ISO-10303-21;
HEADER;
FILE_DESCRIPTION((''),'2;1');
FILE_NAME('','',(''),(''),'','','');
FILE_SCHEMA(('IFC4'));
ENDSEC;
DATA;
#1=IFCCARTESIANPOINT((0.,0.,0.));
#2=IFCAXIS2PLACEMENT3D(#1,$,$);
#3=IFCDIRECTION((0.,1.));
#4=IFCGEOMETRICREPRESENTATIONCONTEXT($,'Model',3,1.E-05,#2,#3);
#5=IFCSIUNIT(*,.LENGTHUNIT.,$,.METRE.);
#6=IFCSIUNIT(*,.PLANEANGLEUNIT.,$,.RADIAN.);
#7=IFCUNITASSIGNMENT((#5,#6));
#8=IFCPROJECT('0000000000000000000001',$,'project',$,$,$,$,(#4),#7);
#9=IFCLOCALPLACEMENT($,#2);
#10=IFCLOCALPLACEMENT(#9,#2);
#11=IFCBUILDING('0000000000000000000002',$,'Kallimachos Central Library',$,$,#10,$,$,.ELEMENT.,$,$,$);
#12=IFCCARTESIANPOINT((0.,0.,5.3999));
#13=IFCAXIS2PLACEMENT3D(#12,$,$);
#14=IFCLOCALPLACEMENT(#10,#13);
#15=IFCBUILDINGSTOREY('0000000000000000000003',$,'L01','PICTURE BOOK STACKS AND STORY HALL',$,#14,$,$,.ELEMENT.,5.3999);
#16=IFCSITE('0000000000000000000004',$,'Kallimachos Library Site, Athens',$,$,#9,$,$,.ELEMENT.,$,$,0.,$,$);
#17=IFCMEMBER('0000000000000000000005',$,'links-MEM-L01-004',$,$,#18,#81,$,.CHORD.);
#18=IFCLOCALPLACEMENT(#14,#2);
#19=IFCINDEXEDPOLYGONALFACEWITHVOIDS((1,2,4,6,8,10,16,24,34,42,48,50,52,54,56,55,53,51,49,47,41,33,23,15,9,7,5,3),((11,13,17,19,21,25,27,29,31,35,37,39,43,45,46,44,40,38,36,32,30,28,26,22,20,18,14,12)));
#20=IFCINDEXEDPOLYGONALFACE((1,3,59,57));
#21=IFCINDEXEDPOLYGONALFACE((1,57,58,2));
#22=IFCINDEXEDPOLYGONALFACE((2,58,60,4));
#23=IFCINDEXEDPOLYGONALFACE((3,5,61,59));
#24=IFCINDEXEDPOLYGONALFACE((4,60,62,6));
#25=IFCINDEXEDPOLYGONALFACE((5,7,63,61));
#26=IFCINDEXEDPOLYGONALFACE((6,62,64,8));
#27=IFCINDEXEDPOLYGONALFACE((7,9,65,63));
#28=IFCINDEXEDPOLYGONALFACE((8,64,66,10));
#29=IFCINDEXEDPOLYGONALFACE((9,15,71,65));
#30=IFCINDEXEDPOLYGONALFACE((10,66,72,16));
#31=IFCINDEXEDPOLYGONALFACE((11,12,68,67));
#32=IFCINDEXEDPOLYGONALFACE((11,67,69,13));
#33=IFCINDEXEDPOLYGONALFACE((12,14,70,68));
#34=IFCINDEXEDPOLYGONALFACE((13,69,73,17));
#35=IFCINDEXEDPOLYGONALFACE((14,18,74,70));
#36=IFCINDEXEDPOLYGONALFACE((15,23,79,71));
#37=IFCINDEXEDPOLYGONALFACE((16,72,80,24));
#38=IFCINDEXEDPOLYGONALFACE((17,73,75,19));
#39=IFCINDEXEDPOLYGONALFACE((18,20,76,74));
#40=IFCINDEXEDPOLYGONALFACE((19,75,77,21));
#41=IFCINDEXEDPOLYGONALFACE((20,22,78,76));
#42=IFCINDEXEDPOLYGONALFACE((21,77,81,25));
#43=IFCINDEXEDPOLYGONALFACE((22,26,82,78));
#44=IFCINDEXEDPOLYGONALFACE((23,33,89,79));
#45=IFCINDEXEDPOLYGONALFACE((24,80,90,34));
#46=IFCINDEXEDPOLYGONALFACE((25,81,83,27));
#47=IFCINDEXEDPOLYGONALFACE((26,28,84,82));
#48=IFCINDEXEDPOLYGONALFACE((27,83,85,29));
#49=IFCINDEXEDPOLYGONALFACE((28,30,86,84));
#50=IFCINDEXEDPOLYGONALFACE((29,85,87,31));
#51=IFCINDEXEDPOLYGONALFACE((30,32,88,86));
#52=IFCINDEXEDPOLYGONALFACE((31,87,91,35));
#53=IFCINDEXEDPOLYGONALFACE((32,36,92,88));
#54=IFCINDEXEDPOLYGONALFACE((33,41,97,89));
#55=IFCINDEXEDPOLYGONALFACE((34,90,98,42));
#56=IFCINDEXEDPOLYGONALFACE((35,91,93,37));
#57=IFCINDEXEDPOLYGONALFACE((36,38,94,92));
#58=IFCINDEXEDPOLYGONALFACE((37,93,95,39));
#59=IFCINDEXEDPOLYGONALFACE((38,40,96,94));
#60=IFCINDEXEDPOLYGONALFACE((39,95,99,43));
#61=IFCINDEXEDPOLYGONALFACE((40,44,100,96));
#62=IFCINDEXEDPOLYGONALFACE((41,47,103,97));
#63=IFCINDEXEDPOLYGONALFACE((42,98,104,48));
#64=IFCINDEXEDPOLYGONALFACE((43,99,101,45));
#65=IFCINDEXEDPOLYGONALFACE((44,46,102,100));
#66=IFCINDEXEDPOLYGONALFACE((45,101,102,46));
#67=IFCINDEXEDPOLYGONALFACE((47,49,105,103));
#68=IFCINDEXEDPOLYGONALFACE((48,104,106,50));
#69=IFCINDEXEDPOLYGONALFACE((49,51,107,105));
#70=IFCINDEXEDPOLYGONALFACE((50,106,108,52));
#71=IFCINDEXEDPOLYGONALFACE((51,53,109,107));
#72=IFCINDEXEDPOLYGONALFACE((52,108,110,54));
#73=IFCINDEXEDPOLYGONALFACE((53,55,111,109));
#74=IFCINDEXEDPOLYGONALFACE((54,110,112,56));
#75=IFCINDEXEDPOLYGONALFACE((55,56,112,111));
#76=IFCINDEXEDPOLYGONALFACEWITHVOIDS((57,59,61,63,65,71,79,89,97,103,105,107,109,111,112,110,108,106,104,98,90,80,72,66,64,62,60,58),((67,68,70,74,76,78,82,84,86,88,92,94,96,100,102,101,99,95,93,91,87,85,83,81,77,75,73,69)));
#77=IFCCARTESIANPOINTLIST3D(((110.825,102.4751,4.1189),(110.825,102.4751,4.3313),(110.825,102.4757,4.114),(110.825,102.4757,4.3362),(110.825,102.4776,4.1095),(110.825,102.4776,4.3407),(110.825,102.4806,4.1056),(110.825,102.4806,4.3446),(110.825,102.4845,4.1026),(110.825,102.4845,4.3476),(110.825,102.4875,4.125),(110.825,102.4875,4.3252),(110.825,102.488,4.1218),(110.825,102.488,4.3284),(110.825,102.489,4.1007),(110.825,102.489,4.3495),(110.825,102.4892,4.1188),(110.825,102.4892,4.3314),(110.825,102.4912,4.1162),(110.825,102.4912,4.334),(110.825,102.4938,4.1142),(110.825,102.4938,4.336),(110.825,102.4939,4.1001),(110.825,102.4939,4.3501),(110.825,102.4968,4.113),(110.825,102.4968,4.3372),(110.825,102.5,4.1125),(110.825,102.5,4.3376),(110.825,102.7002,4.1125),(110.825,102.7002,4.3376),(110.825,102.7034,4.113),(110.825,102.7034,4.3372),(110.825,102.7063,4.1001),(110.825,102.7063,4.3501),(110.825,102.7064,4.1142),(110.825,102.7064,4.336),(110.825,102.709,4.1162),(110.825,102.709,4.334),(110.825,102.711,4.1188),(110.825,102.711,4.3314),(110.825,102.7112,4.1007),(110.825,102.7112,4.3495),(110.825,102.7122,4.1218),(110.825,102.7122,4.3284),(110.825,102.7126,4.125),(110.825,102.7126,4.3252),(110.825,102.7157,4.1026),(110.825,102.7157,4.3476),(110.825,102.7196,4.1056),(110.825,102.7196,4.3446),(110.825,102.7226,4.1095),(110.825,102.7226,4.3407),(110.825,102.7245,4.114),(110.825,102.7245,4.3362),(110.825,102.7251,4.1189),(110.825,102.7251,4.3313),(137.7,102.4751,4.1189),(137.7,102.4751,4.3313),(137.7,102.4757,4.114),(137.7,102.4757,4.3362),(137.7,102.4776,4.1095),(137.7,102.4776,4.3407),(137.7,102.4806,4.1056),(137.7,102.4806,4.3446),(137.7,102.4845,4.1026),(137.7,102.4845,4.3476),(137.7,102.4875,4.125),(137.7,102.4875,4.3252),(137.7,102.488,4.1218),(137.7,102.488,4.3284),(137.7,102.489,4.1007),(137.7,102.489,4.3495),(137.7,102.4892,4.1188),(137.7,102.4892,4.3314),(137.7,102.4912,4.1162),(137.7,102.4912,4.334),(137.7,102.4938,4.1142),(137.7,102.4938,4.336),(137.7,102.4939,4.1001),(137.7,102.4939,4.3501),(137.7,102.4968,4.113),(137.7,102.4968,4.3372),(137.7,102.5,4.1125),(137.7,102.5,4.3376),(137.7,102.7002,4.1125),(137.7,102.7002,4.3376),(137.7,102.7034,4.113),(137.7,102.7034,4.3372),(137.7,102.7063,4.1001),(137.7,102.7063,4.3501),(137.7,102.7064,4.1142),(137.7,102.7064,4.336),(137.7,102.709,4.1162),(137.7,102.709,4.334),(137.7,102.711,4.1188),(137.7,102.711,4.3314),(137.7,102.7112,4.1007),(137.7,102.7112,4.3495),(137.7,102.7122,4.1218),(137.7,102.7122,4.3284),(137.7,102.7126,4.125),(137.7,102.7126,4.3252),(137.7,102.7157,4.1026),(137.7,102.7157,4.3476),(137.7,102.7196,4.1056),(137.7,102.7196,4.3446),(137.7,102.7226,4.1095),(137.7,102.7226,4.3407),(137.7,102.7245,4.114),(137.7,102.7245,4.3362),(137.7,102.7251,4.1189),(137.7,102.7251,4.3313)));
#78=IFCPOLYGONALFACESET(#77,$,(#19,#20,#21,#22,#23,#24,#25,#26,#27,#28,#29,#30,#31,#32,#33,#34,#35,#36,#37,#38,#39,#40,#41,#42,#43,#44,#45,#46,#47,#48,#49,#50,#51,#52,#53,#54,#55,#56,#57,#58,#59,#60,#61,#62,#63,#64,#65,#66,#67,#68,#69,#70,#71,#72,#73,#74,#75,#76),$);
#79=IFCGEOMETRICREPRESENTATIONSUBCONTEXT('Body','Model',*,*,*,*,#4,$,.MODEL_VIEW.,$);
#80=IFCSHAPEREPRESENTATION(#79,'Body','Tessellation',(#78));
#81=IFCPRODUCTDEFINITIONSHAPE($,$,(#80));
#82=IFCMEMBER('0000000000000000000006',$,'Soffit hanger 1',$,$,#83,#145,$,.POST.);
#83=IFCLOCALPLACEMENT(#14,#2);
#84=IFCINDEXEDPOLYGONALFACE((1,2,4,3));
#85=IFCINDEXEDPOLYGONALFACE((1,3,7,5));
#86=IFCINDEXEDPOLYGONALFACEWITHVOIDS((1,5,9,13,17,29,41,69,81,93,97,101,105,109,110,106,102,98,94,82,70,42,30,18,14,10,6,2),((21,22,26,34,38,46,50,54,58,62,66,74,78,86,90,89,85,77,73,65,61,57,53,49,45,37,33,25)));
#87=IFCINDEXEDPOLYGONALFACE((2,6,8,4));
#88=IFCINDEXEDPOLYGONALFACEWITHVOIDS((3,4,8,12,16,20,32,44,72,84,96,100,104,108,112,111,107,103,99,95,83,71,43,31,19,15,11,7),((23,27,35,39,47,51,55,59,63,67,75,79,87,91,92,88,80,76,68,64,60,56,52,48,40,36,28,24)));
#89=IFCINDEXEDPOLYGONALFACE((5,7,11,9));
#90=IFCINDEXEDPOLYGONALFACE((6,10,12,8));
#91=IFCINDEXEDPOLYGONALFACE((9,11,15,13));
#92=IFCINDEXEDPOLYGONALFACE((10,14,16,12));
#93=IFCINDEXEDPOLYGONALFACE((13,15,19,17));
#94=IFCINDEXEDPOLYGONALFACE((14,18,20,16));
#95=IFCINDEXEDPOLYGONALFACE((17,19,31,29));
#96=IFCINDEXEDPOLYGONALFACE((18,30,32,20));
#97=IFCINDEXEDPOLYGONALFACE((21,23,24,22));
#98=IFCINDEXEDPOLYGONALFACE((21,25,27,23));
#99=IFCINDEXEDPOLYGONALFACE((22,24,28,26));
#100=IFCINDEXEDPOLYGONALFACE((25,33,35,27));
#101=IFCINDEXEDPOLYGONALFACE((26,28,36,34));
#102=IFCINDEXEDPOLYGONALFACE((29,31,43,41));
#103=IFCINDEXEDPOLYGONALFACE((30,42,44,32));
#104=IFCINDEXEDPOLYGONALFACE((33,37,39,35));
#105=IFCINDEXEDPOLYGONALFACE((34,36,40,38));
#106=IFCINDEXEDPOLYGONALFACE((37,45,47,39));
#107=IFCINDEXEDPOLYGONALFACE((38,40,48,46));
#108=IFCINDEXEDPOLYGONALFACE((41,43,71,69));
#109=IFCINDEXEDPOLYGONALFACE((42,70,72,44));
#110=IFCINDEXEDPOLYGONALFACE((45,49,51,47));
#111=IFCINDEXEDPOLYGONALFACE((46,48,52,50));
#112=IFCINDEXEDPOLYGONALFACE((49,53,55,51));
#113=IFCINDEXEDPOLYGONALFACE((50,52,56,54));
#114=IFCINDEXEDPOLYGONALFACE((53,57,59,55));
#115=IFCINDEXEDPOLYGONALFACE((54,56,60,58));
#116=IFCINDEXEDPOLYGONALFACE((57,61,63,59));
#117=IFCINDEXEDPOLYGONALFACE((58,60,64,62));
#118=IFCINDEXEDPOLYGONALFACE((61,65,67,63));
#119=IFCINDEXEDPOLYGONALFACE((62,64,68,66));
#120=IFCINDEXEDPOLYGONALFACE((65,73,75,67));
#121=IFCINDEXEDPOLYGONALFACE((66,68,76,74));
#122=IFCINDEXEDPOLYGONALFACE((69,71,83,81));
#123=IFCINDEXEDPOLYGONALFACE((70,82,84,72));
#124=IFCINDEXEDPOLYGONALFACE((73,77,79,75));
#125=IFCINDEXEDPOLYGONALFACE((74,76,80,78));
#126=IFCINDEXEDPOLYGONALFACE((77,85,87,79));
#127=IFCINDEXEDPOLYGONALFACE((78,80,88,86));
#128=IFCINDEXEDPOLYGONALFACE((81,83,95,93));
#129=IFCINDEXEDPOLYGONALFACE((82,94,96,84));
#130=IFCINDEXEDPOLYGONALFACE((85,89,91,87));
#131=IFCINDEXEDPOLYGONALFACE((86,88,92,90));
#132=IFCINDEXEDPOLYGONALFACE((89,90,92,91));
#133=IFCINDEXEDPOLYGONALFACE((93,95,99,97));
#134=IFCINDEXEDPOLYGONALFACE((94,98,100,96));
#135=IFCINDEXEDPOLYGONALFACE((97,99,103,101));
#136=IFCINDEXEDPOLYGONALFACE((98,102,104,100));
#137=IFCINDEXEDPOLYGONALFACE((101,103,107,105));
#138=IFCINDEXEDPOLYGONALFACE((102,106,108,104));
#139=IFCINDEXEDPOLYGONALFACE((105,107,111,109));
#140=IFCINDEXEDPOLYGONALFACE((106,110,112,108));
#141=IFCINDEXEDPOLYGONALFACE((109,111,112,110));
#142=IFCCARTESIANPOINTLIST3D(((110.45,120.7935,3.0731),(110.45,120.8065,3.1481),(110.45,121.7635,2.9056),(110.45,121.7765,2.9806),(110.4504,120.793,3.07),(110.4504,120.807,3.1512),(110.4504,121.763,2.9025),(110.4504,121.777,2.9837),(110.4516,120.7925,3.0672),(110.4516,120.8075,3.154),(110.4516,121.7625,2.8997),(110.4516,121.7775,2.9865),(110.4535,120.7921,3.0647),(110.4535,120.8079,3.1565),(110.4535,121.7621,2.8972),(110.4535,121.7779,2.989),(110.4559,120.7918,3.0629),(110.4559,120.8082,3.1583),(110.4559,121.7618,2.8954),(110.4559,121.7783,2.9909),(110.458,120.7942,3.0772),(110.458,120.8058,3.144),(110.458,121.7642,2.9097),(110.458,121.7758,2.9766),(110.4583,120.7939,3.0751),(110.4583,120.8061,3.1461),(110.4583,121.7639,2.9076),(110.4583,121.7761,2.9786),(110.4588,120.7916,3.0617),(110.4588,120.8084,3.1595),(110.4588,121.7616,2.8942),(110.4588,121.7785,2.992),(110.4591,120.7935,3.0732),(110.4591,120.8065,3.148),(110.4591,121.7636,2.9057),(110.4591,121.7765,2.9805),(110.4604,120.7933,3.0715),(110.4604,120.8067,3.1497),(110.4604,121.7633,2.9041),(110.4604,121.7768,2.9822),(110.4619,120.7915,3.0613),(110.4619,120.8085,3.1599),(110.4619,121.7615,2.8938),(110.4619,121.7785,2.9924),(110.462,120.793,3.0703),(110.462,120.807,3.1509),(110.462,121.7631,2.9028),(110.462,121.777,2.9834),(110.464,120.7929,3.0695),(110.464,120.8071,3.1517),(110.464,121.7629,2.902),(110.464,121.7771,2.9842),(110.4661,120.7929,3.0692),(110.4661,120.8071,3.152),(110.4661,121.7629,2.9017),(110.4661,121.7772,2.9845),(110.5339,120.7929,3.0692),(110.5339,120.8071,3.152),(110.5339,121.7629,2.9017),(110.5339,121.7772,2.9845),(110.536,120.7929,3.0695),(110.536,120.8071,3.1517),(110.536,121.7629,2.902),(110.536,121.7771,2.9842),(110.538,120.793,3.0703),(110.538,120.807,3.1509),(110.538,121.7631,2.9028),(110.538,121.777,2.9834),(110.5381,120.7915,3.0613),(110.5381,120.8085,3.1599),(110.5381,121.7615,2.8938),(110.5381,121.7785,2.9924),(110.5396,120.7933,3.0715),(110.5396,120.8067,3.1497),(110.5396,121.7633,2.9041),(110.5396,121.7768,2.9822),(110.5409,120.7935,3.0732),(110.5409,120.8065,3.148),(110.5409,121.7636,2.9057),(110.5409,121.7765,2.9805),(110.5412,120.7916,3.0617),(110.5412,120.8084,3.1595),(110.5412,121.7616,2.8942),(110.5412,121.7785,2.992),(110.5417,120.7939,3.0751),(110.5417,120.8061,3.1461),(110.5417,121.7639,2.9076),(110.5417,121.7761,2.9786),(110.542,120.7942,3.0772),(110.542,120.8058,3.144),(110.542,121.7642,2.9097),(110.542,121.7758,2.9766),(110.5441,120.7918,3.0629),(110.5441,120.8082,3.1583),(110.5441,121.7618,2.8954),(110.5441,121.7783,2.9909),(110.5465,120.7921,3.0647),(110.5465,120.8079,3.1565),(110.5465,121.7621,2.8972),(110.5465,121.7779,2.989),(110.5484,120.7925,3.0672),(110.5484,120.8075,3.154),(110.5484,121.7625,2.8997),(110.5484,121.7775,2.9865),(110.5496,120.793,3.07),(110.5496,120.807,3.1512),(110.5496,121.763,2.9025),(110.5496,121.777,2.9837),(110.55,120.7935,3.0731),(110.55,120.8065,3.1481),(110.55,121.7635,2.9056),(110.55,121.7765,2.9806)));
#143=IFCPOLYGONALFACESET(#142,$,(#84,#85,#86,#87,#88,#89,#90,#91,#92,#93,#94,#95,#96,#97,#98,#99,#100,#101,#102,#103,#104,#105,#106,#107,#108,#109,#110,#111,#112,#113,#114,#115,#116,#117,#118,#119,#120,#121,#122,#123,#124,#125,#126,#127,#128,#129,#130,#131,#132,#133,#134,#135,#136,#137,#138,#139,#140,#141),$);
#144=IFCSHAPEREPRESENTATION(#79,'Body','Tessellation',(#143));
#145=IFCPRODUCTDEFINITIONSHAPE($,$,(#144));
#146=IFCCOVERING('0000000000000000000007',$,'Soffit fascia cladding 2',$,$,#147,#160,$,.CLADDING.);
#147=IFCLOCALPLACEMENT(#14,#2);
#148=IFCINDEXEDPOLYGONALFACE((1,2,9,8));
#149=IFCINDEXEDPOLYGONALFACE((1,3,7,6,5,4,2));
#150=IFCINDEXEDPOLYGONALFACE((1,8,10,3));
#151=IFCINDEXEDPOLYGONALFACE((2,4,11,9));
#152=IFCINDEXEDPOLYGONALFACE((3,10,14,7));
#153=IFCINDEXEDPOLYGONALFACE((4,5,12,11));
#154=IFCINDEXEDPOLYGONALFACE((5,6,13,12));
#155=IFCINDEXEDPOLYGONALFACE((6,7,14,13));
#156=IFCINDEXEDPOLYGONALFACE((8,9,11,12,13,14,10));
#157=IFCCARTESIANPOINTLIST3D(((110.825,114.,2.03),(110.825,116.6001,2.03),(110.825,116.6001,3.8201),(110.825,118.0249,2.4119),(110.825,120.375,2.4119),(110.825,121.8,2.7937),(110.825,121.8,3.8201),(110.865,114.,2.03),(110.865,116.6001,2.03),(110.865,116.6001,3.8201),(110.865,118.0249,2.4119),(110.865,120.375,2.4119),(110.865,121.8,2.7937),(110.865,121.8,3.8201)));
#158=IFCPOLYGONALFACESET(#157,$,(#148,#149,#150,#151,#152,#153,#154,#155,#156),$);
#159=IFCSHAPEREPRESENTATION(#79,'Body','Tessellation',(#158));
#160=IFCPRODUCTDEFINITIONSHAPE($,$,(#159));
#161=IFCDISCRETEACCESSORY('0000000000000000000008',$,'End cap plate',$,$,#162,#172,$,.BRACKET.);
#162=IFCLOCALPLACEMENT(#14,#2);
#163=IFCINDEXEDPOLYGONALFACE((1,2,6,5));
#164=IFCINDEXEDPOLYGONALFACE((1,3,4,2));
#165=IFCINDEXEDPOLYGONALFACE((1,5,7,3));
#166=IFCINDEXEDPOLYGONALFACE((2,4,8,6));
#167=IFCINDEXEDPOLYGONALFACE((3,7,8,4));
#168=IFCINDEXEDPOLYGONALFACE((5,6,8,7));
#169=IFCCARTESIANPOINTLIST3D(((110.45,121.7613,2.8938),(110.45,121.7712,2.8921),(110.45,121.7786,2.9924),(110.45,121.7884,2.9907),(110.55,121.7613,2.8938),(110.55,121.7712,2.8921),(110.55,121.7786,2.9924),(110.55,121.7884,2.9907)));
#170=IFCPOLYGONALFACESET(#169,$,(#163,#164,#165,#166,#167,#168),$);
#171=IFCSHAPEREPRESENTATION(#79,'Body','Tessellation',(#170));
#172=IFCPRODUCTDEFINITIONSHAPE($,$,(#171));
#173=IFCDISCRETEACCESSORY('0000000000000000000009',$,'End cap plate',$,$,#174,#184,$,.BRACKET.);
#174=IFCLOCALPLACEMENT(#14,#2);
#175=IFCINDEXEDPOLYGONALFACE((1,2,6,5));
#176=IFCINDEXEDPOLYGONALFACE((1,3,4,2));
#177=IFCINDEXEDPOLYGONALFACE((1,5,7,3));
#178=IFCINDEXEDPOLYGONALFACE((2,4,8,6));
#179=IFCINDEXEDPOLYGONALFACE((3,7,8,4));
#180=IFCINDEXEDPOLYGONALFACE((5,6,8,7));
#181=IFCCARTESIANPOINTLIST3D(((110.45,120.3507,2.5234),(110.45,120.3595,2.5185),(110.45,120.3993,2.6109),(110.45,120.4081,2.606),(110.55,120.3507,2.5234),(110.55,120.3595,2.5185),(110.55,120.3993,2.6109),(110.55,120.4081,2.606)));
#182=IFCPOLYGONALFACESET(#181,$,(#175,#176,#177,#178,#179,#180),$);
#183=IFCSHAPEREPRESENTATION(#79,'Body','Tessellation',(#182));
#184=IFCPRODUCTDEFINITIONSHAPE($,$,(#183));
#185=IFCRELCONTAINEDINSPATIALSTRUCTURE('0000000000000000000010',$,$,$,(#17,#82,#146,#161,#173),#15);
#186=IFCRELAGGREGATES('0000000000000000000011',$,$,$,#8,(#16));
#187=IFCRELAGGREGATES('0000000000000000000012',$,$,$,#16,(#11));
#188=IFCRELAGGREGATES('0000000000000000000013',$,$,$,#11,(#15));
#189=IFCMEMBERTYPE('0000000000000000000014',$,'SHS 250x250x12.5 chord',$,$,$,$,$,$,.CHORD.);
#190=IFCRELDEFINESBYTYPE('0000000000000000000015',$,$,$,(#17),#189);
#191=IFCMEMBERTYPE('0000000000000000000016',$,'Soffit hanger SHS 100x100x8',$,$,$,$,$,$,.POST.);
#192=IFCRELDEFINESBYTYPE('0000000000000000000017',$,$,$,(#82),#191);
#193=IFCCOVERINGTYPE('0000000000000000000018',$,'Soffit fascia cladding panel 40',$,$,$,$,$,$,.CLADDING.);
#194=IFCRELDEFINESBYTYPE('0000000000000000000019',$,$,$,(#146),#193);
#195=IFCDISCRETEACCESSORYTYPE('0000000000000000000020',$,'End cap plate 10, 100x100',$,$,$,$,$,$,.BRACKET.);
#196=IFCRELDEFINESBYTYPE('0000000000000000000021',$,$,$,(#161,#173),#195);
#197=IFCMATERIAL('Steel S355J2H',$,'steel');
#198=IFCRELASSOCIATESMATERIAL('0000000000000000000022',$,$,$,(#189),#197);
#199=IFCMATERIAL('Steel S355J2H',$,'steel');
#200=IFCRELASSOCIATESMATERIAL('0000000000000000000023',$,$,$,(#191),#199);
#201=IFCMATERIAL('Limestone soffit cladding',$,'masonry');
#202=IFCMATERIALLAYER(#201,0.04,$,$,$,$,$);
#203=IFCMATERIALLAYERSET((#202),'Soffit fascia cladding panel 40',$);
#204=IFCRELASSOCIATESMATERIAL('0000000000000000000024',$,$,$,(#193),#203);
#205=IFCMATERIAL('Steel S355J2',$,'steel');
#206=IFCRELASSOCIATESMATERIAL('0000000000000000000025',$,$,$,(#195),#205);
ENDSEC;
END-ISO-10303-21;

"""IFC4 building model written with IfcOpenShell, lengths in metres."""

from ifc_helpers import new_model, si_unit, direction, frame, origin, origin_2d, place, context, subcontext, project, spatial, polyline, rectangle, hollow_rectangle, outline, extrude, material, layer, layer_set, material_profile, profile_set, type_object, element, save


model = new_model("IFC4")

# Units and contexts
model_context = context("Model", 3, precision=1e-05, world=origin(), true_north=direction((0.0, 1.0)))
body_context = subcontext(model_context, "Body", "Model", "MODEL_VIEW")
ifc_project = project(units=[si_unit("LENGTHUNIT", "METRE"), si_unit("PLANEANGLEUNIT", "RADIAN")], contexts=[model_context])

# Site, building, storey
site_placement = place(None, origin())
site = spatial("IfcSite", under=ifc_project, at=site_placement, Name="Kallimachos Library Site, Athens", CompositionType="ELEMENT", RefElevation=0.0)
building_placement = place(site_placement, origin())
building = spatial("IfcBuilding", under=site, at=building_placement, Name="Kallimachos Central Library", CompositionType="ELEMENT")
storey_placement = place(building_placement, frame((0.0, 0.0, 5.3999)))
storey = spatial("IfcBuildingStorey", under=building, at=storey_placement, Name="L01", Description="PICTURE BOOK STACKS AND STORY HALL", CompositionType="ELEMENT", Elevation=5.3999)

# Members
ifc_material_1 = material(Name="Steel S355J2H", Category="steel")
ifc_material_profile_1 = material_profile(ifc_material_1, hollow_rectangle(XDim=0.25, YDim=0.25, WallThickness=0.0125, InnerFilletRadius=0.0125, OuterFilletRadius=0.0188, at=origin_2d()), Name="SHS 250x250x12.5")
ifc_profile_set_1 = profile_set([ifc_material_profile_1], Name="Steel S355J2H")
member_type_1 = type_object("IfcMemberType", Name="SHS 250x250x12.5 chord", PredefinedType="CHORD", material=ifc_profile_set_1)
member_1_placement = place(storey_placement, frame((110.825, 102.6001, 4.2251), z_axis=(1.0, 0.0, 0.0), x_axis=(0.0, 1.0, 0.0)))
element("IfcMember", 1, at=member_1_placement, inside=storey, type_object=member_type_1, Name="links-MEM-L01-004", PredefinedType="CHORD", context=body_context, shape_type="SweptSolid", body=[
    extrude(hollow_rectangle(XDim=0.25, YDim=0.25, WallThickness=0.0125, InnerFilletRadius=0.0125, OuterFilletRadius=0.0188, at=origin_2d()), origin(), (0.0, 0.0, 1.0), 26.875),
])
ifc_material_2 = material(Name="Steel S355J2H", Category="steel")
ifc_material_profile_2 = material_profile(ifc_material_2, hollow_rectangle(XDim=0.1001, YDim=0.1001, WallThickness=0.0081, InnerFilletRadius=0.0081, OuterFilletRadius=0.012, at=origin_2d()), Name="SHS 100x100x8")
ifc_profile_set_2 = profile_set([ifc_material_profile_2], Name="Steel S355J2H")
member_type_2 = type_object("IfcMemberType", Name="Soffit hanger SHS 100x100x8", PredefinedType="POST", material=ifc_profile_set_2)
member_2_placement = place(storey_placement, frame((110.5, 121.77, 2.9431), z_axis=(0.0, -0.985419, 0.170148), x_axis=(1.0, 0.0, 0.0)))
element("IfcMember", 2, at=member_2_placement, inside=storey, type_object=member_type_2, Name="Soffit hanger 1", PredefinedType="POST", context=body_context, shape_type="SweptSolid", body=[
    extrude(hollow_rectangle(XDim=0.1001, YDim=0.1001, WallThickness=0.0081, InnerFilletRadius=0.0081, OuterFilletRadius=0.012, at=origin_2d()), origin(), (0.0, 0.0, 1.0), 0.9844),
])

# Covering
ifc_material_3 = material(Name="Limestone soffit cladding", Category="masonry")
ifc_layer = layer(ifc_material_3, 0.04)
ifc_layer_set = layer_set([ifc_layer], Name="Soffit fascia cladding panel 40")
covering_type = type_object("IfcCoveringType", Name="Soffit fascia cladding panel 40", PredefinedType="CLADDING", material=ifc_layer_set)
covering_placement = place(storey_placement, frame((110.825, 121.8, 3.8201), z_axis=(-1.0, 0.0, 0.0), x_axis=(0.0, 0.0, -1.0)))
element("IfcCovering", 3, at=covering_placement, inside=storey, type_object=covering_type, Name="Soffit fascia cladding 2", PredefinedType="CLADDING", context=body_context, shape_type="SweptSolid", body=[
    extrude(outline(polyline([(0.0, 0.0), (1.0264, 0.0), (1.4082, 1.425), (1.4082, 3.7751), (1.79, 5.2), (1.79, 7.8), (0.0, 5.2), (0.0, 0.0), (0.0, 0.0)])), origin(), (0.0, 0.0, -1.0), 0.04),
])

# Discrete accessories
ifc_material_4 = material(Name="Steel S355J2", Category="steel")
ifc_material_profile_3 = material_profile(ifc_material_4, rectangle(XDim=0.1001, YDim=0.1001, at=origin_2d()), Name="End cap plate 10, 100x100")
ifc_profile_set_3 = profile_set([ifc_material_profile_3], Name="Steel S355J2")
discrete_accessory_type_1 = type_object("IfcDiscreteAccessoryType", Name="End cap plate 10, 100x100", PredefinedType="BRACKET", material=ifc_profile_set_3)
for number, where, z_axis, x_axis, name in (
    (4, (110.5, 121.7798, 2.9414), (0.0, -0.98503, 0.17238), (1.0, 0.0, 0.0), "End cap plate"),
    (5, (110.5, 120.3838, 2.5623), (0.0, -0.874157, 0.485643), (1.0, 0.0, 0.0), "End cap plate"),
):
    element("IfcDiscreteAccessory", number, at=place(storey_placement, frame(where, z_axis=z_axis, x_axis=x_axis)), inside=storey, type_object=discrete_accessory_type_1, Name=name, PredefinedType="BRACKET", context=body_context, shape_type="SweptSolid", body=[
        extrude(rectangle(XDim=0.1001, YDim=0.1001, at=origin_2d()), origin(), (0.0, 0.0, 1.0), 0.01),
    ])

save(model, "model.ifc")
